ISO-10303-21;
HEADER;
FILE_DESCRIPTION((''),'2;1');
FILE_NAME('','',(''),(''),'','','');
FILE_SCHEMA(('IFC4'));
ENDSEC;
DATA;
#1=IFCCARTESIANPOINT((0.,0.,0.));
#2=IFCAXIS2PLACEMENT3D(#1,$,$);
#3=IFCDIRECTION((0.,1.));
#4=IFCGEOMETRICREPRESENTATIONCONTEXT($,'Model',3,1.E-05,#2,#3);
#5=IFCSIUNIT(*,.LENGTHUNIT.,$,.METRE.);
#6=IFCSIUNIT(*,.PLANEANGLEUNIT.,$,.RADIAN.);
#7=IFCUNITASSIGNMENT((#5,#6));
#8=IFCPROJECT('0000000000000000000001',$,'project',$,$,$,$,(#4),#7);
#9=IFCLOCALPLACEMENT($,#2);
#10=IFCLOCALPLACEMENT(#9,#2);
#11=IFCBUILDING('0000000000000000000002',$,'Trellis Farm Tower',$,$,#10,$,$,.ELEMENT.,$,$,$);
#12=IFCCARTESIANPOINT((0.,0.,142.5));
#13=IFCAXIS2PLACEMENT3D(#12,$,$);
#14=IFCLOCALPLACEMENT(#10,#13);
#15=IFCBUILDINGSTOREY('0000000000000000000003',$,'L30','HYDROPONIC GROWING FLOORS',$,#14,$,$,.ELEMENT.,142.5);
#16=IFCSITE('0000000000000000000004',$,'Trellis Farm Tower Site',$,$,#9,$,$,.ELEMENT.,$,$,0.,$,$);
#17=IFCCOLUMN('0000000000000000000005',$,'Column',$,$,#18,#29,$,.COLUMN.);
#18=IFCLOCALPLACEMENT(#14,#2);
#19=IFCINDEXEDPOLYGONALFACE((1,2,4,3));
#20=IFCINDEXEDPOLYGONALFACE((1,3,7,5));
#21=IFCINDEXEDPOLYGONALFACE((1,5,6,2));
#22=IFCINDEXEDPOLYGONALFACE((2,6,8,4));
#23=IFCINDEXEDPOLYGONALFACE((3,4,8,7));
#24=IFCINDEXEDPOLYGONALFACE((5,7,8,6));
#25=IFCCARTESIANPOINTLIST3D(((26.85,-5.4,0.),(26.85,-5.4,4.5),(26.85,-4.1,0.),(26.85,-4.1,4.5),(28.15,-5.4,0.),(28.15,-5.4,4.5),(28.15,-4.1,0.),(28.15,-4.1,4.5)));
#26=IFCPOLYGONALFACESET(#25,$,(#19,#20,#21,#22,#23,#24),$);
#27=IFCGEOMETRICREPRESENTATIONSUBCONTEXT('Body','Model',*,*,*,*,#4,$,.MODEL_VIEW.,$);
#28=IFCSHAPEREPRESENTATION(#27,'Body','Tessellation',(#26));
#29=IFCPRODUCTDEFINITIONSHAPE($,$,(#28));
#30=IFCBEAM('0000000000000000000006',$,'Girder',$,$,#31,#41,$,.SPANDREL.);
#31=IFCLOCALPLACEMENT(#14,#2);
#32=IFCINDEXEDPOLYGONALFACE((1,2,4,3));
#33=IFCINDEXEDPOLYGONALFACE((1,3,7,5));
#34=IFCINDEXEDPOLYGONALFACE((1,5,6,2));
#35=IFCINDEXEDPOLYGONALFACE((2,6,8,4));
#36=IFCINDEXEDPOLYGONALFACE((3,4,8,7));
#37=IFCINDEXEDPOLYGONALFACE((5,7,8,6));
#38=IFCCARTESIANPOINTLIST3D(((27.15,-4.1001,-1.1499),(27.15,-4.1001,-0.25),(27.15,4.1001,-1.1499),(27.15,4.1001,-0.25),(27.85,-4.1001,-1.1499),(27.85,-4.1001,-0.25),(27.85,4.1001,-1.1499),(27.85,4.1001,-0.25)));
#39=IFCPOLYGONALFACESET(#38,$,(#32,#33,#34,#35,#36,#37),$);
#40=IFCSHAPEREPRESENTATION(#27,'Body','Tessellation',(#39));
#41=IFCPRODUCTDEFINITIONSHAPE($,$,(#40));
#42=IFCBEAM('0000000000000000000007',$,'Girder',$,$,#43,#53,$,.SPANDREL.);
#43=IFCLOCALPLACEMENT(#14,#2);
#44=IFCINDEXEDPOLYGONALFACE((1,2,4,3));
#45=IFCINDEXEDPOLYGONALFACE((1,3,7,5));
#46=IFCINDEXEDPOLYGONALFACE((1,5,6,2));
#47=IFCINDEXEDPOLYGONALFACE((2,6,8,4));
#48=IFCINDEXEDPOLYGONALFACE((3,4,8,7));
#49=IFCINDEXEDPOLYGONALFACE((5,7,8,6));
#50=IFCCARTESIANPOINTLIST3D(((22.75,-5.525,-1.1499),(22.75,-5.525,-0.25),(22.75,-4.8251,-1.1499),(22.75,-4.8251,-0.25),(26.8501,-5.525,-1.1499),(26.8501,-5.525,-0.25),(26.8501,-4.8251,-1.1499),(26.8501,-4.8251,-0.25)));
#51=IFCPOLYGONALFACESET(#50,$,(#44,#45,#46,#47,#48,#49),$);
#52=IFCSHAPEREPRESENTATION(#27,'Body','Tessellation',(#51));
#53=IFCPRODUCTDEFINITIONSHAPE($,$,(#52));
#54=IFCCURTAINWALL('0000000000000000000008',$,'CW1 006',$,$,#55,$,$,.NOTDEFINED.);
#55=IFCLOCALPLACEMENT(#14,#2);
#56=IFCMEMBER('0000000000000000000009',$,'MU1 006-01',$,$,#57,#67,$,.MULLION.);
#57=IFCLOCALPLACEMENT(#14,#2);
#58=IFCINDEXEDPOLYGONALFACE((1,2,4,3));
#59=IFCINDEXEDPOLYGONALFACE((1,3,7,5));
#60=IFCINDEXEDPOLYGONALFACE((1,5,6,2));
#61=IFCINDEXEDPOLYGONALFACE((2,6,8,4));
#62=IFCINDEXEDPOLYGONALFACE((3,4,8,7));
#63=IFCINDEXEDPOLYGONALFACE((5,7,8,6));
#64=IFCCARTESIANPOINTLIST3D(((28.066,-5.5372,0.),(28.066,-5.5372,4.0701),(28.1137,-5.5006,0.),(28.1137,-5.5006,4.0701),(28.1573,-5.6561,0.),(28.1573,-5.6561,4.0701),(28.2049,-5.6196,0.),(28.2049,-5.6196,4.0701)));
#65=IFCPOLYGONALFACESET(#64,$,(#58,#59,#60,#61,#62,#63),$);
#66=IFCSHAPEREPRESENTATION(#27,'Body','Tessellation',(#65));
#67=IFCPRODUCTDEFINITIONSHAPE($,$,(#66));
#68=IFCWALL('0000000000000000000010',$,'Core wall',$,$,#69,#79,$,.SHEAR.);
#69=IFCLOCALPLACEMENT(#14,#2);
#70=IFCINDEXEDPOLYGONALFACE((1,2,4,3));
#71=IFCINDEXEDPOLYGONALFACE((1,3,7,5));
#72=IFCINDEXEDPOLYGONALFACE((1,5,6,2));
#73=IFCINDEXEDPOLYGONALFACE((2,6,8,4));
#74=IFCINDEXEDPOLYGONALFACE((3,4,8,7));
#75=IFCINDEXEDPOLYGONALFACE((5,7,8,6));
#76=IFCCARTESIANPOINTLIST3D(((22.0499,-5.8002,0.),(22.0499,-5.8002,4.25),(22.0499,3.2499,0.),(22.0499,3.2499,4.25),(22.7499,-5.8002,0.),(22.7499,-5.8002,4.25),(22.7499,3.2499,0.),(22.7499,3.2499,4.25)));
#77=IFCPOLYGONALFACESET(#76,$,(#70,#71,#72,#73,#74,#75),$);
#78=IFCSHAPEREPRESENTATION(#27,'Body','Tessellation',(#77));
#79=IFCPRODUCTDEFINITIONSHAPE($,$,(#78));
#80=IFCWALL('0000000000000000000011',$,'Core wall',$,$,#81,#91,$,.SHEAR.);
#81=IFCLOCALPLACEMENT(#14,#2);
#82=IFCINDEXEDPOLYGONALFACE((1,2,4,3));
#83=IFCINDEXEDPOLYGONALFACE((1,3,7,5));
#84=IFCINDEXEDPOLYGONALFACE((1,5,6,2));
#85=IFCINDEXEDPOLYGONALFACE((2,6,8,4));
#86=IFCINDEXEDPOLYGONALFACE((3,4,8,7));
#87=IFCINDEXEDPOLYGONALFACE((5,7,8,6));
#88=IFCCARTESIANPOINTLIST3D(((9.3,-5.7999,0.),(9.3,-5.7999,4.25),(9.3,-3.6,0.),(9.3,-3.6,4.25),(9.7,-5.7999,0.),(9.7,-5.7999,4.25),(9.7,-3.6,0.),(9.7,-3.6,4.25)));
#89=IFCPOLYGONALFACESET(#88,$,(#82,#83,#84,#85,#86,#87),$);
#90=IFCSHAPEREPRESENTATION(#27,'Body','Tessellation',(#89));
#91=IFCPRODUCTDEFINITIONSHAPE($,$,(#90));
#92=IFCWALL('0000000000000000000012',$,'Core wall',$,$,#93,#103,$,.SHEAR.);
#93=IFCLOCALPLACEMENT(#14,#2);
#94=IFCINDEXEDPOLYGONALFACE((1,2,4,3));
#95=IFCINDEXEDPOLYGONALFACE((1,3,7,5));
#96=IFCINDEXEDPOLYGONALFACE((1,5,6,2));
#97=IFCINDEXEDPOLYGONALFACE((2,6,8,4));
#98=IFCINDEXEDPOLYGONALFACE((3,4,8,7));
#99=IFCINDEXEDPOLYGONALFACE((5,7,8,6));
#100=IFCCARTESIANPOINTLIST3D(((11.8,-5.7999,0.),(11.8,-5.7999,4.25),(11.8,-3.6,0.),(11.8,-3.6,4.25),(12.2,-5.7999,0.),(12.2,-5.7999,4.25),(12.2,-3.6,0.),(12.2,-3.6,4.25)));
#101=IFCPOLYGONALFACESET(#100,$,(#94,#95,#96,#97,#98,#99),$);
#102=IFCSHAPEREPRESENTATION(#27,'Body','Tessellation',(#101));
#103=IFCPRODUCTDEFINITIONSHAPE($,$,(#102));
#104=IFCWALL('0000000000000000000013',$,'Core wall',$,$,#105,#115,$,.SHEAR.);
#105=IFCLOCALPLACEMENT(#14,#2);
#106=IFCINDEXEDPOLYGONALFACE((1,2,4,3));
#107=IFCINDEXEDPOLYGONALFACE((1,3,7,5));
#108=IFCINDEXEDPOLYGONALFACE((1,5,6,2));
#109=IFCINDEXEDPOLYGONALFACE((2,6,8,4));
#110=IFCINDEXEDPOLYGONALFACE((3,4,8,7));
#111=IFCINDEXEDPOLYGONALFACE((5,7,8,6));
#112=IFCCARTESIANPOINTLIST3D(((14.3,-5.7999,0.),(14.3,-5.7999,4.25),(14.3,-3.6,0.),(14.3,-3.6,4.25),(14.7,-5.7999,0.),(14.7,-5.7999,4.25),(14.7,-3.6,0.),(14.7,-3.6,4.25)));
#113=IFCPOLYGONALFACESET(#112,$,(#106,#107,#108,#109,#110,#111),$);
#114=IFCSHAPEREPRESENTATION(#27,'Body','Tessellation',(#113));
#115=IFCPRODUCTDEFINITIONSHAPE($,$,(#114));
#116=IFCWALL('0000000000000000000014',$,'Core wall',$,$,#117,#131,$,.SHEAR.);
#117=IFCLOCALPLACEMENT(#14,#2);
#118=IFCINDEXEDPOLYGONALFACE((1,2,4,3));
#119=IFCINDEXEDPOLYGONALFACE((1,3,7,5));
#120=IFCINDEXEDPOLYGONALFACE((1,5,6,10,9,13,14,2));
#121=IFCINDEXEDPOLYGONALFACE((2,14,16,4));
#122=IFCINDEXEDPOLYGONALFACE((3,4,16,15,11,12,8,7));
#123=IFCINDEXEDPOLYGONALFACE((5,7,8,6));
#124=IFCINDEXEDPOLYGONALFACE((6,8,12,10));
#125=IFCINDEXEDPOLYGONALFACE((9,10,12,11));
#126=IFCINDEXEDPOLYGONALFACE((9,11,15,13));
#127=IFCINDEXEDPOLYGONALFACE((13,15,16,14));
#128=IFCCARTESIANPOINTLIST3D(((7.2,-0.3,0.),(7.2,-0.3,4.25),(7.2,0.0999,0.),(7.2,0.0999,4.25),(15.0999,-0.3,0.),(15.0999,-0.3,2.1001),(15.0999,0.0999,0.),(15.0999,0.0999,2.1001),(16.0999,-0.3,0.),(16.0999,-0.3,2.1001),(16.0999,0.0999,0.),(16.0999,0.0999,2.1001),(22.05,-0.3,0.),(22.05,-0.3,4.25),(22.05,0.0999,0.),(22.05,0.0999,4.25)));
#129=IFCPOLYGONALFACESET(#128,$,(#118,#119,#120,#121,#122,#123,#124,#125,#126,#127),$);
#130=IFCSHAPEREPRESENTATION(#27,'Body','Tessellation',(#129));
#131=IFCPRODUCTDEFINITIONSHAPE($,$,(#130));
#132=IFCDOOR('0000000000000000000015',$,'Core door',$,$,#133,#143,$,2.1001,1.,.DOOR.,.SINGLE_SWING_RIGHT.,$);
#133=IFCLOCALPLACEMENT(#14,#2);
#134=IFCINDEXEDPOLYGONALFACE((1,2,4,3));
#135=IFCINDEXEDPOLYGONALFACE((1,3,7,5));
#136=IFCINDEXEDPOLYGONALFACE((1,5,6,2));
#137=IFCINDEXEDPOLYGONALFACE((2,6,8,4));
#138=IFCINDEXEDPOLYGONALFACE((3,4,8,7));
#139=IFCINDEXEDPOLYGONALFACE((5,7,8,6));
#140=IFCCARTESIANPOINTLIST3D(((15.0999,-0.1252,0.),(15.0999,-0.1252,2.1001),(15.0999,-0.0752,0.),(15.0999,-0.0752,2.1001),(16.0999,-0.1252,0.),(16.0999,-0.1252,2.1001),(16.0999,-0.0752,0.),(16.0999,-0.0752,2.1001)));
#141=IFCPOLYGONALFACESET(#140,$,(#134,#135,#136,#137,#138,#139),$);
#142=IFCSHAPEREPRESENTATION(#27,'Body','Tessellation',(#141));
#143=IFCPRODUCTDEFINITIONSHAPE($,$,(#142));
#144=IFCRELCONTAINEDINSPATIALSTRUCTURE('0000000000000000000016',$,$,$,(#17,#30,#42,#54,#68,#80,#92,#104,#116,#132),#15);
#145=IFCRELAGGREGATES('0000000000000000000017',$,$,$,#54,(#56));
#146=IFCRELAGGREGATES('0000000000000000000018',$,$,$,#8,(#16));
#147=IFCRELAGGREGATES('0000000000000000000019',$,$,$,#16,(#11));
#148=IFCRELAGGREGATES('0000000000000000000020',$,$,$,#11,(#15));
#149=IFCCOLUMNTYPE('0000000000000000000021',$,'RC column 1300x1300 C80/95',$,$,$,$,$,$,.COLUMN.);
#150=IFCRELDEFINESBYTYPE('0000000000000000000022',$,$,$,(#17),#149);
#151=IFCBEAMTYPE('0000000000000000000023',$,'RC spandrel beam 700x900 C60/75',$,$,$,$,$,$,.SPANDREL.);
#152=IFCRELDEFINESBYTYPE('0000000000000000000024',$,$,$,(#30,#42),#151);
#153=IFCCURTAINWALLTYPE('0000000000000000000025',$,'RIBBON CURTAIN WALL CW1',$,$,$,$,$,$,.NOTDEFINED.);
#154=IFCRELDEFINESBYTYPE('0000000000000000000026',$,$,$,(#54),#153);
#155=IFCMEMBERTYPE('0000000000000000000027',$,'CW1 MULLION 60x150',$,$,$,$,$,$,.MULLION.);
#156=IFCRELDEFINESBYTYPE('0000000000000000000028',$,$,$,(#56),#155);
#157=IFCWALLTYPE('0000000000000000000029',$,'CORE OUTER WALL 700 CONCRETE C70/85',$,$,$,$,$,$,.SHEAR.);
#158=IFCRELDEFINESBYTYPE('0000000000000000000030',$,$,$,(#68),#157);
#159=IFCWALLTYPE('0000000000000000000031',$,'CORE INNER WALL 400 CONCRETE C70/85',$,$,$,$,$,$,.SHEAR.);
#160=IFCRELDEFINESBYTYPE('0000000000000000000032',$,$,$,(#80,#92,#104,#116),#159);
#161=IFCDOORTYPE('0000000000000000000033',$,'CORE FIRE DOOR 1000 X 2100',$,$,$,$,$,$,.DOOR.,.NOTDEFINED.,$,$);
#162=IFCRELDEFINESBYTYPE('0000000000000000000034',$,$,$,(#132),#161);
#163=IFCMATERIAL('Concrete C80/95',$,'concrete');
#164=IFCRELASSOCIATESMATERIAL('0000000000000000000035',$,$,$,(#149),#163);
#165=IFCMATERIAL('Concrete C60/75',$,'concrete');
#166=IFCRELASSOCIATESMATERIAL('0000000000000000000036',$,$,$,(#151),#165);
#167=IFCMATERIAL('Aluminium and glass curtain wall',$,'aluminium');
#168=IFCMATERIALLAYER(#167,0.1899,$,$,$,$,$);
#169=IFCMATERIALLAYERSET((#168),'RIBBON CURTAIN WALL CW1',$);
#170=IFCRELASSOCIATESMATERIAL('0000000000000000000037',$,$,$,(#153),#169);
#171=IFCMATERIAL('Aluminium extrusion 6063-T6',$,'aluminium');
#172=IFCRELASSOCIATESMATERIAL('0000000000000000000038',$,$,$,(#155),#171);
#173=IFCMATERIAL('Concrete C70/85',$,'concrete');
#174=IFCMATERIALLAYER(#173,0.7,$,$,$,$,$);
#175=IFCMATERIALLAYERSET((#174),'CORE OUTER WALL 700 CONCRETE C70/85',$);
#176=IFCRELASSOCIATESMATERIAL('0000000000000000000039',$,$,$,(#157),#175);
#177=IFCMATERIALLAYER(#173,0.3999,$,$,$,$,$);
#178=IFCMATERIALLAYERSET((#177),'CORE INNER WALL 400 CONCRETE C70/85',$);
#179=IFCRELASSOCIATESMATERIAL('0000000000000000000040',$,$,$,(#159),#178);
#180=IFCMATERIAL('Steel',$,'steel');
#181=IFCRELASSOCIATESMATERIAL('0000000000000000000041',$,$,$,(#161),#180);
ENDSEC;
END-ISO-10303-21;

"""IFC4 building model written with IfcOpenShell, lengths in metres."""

from ifc_helpers import new_model, si_unit, direction, frame, frame_2d, origin, origin_2d, place, context, subcontext, project, spatial, rectangle, extrude, source, transform, mapped, material, layer, layer_set, material_profile, profile_set, type_object, element, fill, aggregate, save


model = new_model("IFC4")

# Units and contexts
model_context = context("Model", 3, precision=1e-05, world=origin(), true_north=direction((0.0, 1.0)))
body_context = subcontext(model_context, "Body", "Model", "MODEL_VIEW")
ifc_project = project(units=[si_unit("LENGTHUNIT", "METRE"), si_unit("PLANEANGLEUNIT", "RADIAN")], contexts=[model_context])

# Site, building, storey
site_placement = place(None, origin())
site = spatial("IfcSite", under=ifc_project, at=site_placement, Name="Trellis Farm Tower Site", CompositionType="ELEMENT", RefElevation=0.0)
building_placement = place(site_placement, origin())
building = spatial("IfcBuilding", under=site, at=building_placement, Name="Trellis Farm Tower", CompositionType="ELEMENT")
storey_placement = place(building_placement, frame((0.0, 0.0, 142.5)))
storey = spatial("IfcBuildingStorey", under=building, at=storey_placement, Name="L30", Description="HYDROPONIC GROWING FLOORS", CompositionType="ELEMENT", Elevation=142.5)

# Column
ifc_material_1 = material(Name="Concrete C80/95", Category="concrete")
ifc_material_profile_1 = material_profile(ifc_material_1, rectangle(XDim=1.3, YDim=1.3, at=origin_2d()), Name="RC column 1300x1300 C80/95")
ifc_profile_set_1 = profile_set([ifc_material_profile_1], Name="Concrete C80/95")
column_type = type_object("IfcColumnType", Name="RC column 1300x1300 C80/95", PredefinedType="COLUMN", material=ifc_profile_set_1)
shared_shape_1 = source(origin(), body_context, "Body", "SweptSolid", [
    extrude(rectangle(XDim=1.3, YDim=1.3, at=origin_2d()), origin(), (0.0, 0.0, 1.0), 4.5),
])
column_placement = place(storey_placement, frame((27.5, -4.75, 0.0), z_axis=(0.0, 0.0, 1.0), x_axis=(1.0, 0.0, 0.0)))
element("IfcColumn", 1, at=column_placement, inside=storey, type_object=column_type, Name="Column", PredefinedType="COLUMN", context=body_context, shape_type="MappedRepresentation", body=[
    mapped(shared_shape_1, transform((0.0, 0.0, 0.0))),
])

# Beams
ifc_material_2 = material(Name="Concrete C60/75", Category="concrete")
ifc_material_profile_2 = material_profile(ifc_material_2, rectangle(XDim=0.7, YDim=0.8999, at=origin_2d()), Name="RC spandrel beam 700x900 C60/75")
ifc_profile_set_2 = profile_set([ifc_material_profile_2], Name="Concrete C60/75")
beam_type = type_object("IfcBeamType", Name="RC spandrel beam 700x900 C60/75", PredefinedType="SPANDREL", material=ifc_profile_set_2)
shared_shape_2 = source(origin(), body_context, "Body", "SweptSolid", [
    extrude(rectangle(XDim=0.7, YDim=0.8999, at=origin_2d()), origin(), (0.0, 0.0, 1.0), 8.2002),
])
beam_1_placement = place(storey_placement, frame((27.5, -4.1001, -0.7), z_axis=(0.0, 1.0, 0.0), x_axis=(-1.0, 0.0, 0.0)))
element("IfcBeam", 2, at=beam_1_placement, inside=storey, type_object=beam_type, Name="Girder", PredefinedType="SPANDREL", context=body_context, shape_type="MappedRepresentation", body=[
    mapped(shared_shape_2, transform((0.0, 0.0, 0.0))),
])
shared_shape_3 = source(origin(), body_context, "Body", "SweptSolid", [
    extrude(rectangle(XDim=0.7, YDim=0.8999, at=origin_2d()), origin(), (0.0, 0.0, 1.0), 4.1001),
])
beam_2_placement = place(storey_placement, frame((22.75, -5.175, -0.7), z_axis=(1.0, 0.0, 0.0), x_axis=(0.0, 1.0, 0.0)))
element("IfcBeam", 3, at=beam_2_placement, inside=storey, type_object=beam_type, Name="Girder", PredefinedType="SPANDREL", context=body_context, shape_type="MappedRepresentation", body=[
    mapped(shared_shape_3, transform((0.0, 0.0, 0.0))),
])

# Curtain wall, member
ifc_material_3 = material(Name="Aluminium and glass curtain wall", Category="aluminium")
ifc_layer_1 = layer(ifc_material_3, 0.1899)
ifc_layer_set_1 = layer_set([ifc_layer_1], Name="RIBBON CURTAIN WALL CW1")
curtain_wall_type = type_object("IfcCurtainWallType", Name="RIBBON CURTAIN WALL CW1", PredefinedType="NOTDEFINED", material=ifc_layer_set_1)
placement = place(storey_placement, origin())
curtain_wall = element("IfcCurtainWall", 4, at=placement, inside=storey, type_object=curtain_wall_type, Name="CW1 006", PredefinedType="NOTDEFINED")
ifc_material_4 = material(Name="Aluminium extrusion 6063-T6", Category="aluminium")
ifc_material_profile_3 = material_profile(ifc_material_4, rectangle(XDim=0.0601, YDim=0.1499, at=origin_2d()), Name="MULLION 60x150")
ifc_profile_set_3 = profile_set([ifc_material_profile_3], Name="Aluminium extrusion 6063-T6")
member_type = type_object("IfcMemberType", Name="CW1 MULLION 60x150", PredefinedType="MULLION", material=ifc_profile_set_3)
shared_shape_4 = source(origin(), body_context, "Body", "SweptSolid", [
    extrude(rectangle(XDim=0.0601, YDim=0.1499, at=origin_2d()), origin(), (0.0, 0.0, 1.0), 4.0701),
])
member_placement = place(storey_placement, frame((28.1355, -5.5784, 0.0), z_axis=(0.0, 0.0, 1.0), x_axis=(0.793353, 0.608761, 0.0)))
member = element("IfcMember", 5, at=member_placement, type_object=member_type, Name="MU1 006-01", PredefinedType="MULLION", context=body_context, shape_type="MappedRepresentation", body=[
    mapped(shared_shape_4, transform((0.0, 0.0, 0.0))),
])
aggregate(curtain_wall, [member])

# Walls
ifc_material_5 = material(Name="Concrete C70/85", Category="concrete")
ifc_layer_2 = layer(ifc_material_5, 0.7)
ifc_layer_set_2 = layer_set([ifc_layer_2], Name="CORE OUTER WALL 700 CONCRETE C70/85")
wall_type_1 = type_object("IfcWallType", Name="CORE OUTER WALL 700 CONCRETE C70/85", PredefinedType="SHEAR", material=ifc_layer_set_2)
shared_shape_5 = source(origin(), body_context, "Body", "SweptSolid", [
    extrude(rectangle(XDim=9.05, YDim=0.7, at=frame_2d((4.5249, 0.0))), origin(), (0.0, 0.0, 1.0), 4.25),
])
wall_1_placement = place(storey_placement, frame((22.3999, -5.8, 0.0), z_axis=(0.0, 0.0, 1.0), x_axis=(0.0, 1.0, 0.0)))
element("IfcWall", 6, at=wall_1_placement, inside=storey, type_object=wall_type_1, Name="Core wall", PredefinedType="SHEAR", context=body_context, shape_type="MappedRepresentation", body=[
    mapped(shared_shape_5, transform((0.0, 0.0, 0.0))),
])
ifc_layer_3 = layer(ifc_material_5, 0.3999)
ifc_layer_set_3 = layer_set([ifc_layer_3], Name="CORE INNER WALL 400 CONCRETE C70/85")
wall_type_2 = type_object("IfcWallType", Name="CORE INNER WALL 400 CONCRETE C70/85", PredefinedType="SHEAR", material=ifc_layer_set_3)
shared_shape_6 = source(origin(), body_context, "Body", "SweptSolid", [
    extrude(rectangle(XDim=2.2, YDim=0.3999, at=frame_2d((1.1001, 0.0))), origin(), (0.0, 0.0, 1.0), 4.25),
])
for number, where, z_axis, x_axis, name in (
    (7, (9.5, -5.8, 0.0), (0.0, 0.0, 1.0), (0.0, 1.0, 0.0), "Core wall"),
    (8, (12.0, -5.8, 0.0), (0.0, 0.0, 1.0), (0.0, 1.0, 0.0), "Core wall"),
    (9, (14.5, -5.8, 0.0), (0.0, 0.0, 1.0), (0.0, 1.0, 0.0), "Core wall"),
):
    element("IfcWall", number, at=place(storey_placement, frame(where, z_axis=z_axis, x_axis=x_axis)), inside=storey, type_object=wall_type_2, Name=name, PredefinedType="SHEAR", context=body_context, shape_type="MappedRepresentation", body=[
        mapped(shared_shape_6, transform((0.0, 0.0, 0.0))),
    ])

# Wall, opening, door
shared_shape_7 = source(origin(), body_context, "Body", "SweptSolid", [
    extrude(rectangle(XDim=14.8501, YDim=0.3999, at=frame_2d((7.425, 0.0))), origin(), (0.0, 0.0, 1.0), 4.25),
])
wall_2_placement = place(storey_placement, frame((7.2, -0.1001, 0.0), z_axis=(0.0, 0.0, 1.0), x_axis=(1.0, 0.0, 0.0)))
wall_2 = element("IfcWall", 10, at=wall_2_placement, inside=storey, type_object=wall_type_2, Name="Core wall", PredefinedType="SHEAR", context=body_context, shape_type="MappedRepresentation", body=[
    mapped(shared_shape_7, transform((0.0, 0.0, 0.0))),
])
shared_shape_8 = source(origin(), body_context, "Body", "SweptSolid", [
    extrude(rectangle(XDim=1.0, YDim=2.1001, at=frame_2d((0.5, 1.05))), frame((0.0, 0.21, 0.0), z_axis=(0.0, -1.0, 0.0), x_axis=(1.0, 0.0, 0.0)), (0.0, 0.0, 1.0), 0.4199),
])
opening_1_placement = place(wall_2_placement, frame((7.8999, 0.0, 0.0)))
opening_1 = element("IfcOpeningElement", 11, at=opening_1_placement, cuts=wall_2, PredefinedType="OPENING", context=body_context, shape_type="MappedRepresentation", body=[
    mapped(shared_shape_8, transform((0.0, 0.0, 0.0))),
])
ifc_material_6 = material(Name="Steel", Category="steel")
door_type_1 = type_object("IfcDoorType", Name="CORE FIRE DOOR 1000 X 2100", OperationType="NOTDEFINED", PredefinedType="DOOR", material=ifc_material_6)
shared_shape_9 = source(origin(), body_context, "Body", "SweptSolid", [
    extrude(rectangle(XDim=1.0, YDim=2.1001, at=frame_2d((0.5, 1.05))), frame((0.0, 0.0249, 0.0), z_axis=(0.0, -1.0, 0.0), x_axis=(1.0, 0.0, 0.0)), (0.0, 0.0, 1.0), 0.05),
])
door_1_placement = place(opening_1_placement, origin())
door_1 = element("IfcDoor", 12, at=door_1_placement, inside=storey, type_object=door_type_1, Name="Core door", OperationType="SINGLE_SWING_RIGHT", OverallHeight=2.1001, OverallWidth=1.0, PredefinedType="DOOR", context=body_context, shape_type="MappedRepresentation", body=[
    mapped(shared_shape_9, transform((0.0, 0.0, 0.0))),
])
fill(opening_1, door_1)

save(model, "model.ifc")
